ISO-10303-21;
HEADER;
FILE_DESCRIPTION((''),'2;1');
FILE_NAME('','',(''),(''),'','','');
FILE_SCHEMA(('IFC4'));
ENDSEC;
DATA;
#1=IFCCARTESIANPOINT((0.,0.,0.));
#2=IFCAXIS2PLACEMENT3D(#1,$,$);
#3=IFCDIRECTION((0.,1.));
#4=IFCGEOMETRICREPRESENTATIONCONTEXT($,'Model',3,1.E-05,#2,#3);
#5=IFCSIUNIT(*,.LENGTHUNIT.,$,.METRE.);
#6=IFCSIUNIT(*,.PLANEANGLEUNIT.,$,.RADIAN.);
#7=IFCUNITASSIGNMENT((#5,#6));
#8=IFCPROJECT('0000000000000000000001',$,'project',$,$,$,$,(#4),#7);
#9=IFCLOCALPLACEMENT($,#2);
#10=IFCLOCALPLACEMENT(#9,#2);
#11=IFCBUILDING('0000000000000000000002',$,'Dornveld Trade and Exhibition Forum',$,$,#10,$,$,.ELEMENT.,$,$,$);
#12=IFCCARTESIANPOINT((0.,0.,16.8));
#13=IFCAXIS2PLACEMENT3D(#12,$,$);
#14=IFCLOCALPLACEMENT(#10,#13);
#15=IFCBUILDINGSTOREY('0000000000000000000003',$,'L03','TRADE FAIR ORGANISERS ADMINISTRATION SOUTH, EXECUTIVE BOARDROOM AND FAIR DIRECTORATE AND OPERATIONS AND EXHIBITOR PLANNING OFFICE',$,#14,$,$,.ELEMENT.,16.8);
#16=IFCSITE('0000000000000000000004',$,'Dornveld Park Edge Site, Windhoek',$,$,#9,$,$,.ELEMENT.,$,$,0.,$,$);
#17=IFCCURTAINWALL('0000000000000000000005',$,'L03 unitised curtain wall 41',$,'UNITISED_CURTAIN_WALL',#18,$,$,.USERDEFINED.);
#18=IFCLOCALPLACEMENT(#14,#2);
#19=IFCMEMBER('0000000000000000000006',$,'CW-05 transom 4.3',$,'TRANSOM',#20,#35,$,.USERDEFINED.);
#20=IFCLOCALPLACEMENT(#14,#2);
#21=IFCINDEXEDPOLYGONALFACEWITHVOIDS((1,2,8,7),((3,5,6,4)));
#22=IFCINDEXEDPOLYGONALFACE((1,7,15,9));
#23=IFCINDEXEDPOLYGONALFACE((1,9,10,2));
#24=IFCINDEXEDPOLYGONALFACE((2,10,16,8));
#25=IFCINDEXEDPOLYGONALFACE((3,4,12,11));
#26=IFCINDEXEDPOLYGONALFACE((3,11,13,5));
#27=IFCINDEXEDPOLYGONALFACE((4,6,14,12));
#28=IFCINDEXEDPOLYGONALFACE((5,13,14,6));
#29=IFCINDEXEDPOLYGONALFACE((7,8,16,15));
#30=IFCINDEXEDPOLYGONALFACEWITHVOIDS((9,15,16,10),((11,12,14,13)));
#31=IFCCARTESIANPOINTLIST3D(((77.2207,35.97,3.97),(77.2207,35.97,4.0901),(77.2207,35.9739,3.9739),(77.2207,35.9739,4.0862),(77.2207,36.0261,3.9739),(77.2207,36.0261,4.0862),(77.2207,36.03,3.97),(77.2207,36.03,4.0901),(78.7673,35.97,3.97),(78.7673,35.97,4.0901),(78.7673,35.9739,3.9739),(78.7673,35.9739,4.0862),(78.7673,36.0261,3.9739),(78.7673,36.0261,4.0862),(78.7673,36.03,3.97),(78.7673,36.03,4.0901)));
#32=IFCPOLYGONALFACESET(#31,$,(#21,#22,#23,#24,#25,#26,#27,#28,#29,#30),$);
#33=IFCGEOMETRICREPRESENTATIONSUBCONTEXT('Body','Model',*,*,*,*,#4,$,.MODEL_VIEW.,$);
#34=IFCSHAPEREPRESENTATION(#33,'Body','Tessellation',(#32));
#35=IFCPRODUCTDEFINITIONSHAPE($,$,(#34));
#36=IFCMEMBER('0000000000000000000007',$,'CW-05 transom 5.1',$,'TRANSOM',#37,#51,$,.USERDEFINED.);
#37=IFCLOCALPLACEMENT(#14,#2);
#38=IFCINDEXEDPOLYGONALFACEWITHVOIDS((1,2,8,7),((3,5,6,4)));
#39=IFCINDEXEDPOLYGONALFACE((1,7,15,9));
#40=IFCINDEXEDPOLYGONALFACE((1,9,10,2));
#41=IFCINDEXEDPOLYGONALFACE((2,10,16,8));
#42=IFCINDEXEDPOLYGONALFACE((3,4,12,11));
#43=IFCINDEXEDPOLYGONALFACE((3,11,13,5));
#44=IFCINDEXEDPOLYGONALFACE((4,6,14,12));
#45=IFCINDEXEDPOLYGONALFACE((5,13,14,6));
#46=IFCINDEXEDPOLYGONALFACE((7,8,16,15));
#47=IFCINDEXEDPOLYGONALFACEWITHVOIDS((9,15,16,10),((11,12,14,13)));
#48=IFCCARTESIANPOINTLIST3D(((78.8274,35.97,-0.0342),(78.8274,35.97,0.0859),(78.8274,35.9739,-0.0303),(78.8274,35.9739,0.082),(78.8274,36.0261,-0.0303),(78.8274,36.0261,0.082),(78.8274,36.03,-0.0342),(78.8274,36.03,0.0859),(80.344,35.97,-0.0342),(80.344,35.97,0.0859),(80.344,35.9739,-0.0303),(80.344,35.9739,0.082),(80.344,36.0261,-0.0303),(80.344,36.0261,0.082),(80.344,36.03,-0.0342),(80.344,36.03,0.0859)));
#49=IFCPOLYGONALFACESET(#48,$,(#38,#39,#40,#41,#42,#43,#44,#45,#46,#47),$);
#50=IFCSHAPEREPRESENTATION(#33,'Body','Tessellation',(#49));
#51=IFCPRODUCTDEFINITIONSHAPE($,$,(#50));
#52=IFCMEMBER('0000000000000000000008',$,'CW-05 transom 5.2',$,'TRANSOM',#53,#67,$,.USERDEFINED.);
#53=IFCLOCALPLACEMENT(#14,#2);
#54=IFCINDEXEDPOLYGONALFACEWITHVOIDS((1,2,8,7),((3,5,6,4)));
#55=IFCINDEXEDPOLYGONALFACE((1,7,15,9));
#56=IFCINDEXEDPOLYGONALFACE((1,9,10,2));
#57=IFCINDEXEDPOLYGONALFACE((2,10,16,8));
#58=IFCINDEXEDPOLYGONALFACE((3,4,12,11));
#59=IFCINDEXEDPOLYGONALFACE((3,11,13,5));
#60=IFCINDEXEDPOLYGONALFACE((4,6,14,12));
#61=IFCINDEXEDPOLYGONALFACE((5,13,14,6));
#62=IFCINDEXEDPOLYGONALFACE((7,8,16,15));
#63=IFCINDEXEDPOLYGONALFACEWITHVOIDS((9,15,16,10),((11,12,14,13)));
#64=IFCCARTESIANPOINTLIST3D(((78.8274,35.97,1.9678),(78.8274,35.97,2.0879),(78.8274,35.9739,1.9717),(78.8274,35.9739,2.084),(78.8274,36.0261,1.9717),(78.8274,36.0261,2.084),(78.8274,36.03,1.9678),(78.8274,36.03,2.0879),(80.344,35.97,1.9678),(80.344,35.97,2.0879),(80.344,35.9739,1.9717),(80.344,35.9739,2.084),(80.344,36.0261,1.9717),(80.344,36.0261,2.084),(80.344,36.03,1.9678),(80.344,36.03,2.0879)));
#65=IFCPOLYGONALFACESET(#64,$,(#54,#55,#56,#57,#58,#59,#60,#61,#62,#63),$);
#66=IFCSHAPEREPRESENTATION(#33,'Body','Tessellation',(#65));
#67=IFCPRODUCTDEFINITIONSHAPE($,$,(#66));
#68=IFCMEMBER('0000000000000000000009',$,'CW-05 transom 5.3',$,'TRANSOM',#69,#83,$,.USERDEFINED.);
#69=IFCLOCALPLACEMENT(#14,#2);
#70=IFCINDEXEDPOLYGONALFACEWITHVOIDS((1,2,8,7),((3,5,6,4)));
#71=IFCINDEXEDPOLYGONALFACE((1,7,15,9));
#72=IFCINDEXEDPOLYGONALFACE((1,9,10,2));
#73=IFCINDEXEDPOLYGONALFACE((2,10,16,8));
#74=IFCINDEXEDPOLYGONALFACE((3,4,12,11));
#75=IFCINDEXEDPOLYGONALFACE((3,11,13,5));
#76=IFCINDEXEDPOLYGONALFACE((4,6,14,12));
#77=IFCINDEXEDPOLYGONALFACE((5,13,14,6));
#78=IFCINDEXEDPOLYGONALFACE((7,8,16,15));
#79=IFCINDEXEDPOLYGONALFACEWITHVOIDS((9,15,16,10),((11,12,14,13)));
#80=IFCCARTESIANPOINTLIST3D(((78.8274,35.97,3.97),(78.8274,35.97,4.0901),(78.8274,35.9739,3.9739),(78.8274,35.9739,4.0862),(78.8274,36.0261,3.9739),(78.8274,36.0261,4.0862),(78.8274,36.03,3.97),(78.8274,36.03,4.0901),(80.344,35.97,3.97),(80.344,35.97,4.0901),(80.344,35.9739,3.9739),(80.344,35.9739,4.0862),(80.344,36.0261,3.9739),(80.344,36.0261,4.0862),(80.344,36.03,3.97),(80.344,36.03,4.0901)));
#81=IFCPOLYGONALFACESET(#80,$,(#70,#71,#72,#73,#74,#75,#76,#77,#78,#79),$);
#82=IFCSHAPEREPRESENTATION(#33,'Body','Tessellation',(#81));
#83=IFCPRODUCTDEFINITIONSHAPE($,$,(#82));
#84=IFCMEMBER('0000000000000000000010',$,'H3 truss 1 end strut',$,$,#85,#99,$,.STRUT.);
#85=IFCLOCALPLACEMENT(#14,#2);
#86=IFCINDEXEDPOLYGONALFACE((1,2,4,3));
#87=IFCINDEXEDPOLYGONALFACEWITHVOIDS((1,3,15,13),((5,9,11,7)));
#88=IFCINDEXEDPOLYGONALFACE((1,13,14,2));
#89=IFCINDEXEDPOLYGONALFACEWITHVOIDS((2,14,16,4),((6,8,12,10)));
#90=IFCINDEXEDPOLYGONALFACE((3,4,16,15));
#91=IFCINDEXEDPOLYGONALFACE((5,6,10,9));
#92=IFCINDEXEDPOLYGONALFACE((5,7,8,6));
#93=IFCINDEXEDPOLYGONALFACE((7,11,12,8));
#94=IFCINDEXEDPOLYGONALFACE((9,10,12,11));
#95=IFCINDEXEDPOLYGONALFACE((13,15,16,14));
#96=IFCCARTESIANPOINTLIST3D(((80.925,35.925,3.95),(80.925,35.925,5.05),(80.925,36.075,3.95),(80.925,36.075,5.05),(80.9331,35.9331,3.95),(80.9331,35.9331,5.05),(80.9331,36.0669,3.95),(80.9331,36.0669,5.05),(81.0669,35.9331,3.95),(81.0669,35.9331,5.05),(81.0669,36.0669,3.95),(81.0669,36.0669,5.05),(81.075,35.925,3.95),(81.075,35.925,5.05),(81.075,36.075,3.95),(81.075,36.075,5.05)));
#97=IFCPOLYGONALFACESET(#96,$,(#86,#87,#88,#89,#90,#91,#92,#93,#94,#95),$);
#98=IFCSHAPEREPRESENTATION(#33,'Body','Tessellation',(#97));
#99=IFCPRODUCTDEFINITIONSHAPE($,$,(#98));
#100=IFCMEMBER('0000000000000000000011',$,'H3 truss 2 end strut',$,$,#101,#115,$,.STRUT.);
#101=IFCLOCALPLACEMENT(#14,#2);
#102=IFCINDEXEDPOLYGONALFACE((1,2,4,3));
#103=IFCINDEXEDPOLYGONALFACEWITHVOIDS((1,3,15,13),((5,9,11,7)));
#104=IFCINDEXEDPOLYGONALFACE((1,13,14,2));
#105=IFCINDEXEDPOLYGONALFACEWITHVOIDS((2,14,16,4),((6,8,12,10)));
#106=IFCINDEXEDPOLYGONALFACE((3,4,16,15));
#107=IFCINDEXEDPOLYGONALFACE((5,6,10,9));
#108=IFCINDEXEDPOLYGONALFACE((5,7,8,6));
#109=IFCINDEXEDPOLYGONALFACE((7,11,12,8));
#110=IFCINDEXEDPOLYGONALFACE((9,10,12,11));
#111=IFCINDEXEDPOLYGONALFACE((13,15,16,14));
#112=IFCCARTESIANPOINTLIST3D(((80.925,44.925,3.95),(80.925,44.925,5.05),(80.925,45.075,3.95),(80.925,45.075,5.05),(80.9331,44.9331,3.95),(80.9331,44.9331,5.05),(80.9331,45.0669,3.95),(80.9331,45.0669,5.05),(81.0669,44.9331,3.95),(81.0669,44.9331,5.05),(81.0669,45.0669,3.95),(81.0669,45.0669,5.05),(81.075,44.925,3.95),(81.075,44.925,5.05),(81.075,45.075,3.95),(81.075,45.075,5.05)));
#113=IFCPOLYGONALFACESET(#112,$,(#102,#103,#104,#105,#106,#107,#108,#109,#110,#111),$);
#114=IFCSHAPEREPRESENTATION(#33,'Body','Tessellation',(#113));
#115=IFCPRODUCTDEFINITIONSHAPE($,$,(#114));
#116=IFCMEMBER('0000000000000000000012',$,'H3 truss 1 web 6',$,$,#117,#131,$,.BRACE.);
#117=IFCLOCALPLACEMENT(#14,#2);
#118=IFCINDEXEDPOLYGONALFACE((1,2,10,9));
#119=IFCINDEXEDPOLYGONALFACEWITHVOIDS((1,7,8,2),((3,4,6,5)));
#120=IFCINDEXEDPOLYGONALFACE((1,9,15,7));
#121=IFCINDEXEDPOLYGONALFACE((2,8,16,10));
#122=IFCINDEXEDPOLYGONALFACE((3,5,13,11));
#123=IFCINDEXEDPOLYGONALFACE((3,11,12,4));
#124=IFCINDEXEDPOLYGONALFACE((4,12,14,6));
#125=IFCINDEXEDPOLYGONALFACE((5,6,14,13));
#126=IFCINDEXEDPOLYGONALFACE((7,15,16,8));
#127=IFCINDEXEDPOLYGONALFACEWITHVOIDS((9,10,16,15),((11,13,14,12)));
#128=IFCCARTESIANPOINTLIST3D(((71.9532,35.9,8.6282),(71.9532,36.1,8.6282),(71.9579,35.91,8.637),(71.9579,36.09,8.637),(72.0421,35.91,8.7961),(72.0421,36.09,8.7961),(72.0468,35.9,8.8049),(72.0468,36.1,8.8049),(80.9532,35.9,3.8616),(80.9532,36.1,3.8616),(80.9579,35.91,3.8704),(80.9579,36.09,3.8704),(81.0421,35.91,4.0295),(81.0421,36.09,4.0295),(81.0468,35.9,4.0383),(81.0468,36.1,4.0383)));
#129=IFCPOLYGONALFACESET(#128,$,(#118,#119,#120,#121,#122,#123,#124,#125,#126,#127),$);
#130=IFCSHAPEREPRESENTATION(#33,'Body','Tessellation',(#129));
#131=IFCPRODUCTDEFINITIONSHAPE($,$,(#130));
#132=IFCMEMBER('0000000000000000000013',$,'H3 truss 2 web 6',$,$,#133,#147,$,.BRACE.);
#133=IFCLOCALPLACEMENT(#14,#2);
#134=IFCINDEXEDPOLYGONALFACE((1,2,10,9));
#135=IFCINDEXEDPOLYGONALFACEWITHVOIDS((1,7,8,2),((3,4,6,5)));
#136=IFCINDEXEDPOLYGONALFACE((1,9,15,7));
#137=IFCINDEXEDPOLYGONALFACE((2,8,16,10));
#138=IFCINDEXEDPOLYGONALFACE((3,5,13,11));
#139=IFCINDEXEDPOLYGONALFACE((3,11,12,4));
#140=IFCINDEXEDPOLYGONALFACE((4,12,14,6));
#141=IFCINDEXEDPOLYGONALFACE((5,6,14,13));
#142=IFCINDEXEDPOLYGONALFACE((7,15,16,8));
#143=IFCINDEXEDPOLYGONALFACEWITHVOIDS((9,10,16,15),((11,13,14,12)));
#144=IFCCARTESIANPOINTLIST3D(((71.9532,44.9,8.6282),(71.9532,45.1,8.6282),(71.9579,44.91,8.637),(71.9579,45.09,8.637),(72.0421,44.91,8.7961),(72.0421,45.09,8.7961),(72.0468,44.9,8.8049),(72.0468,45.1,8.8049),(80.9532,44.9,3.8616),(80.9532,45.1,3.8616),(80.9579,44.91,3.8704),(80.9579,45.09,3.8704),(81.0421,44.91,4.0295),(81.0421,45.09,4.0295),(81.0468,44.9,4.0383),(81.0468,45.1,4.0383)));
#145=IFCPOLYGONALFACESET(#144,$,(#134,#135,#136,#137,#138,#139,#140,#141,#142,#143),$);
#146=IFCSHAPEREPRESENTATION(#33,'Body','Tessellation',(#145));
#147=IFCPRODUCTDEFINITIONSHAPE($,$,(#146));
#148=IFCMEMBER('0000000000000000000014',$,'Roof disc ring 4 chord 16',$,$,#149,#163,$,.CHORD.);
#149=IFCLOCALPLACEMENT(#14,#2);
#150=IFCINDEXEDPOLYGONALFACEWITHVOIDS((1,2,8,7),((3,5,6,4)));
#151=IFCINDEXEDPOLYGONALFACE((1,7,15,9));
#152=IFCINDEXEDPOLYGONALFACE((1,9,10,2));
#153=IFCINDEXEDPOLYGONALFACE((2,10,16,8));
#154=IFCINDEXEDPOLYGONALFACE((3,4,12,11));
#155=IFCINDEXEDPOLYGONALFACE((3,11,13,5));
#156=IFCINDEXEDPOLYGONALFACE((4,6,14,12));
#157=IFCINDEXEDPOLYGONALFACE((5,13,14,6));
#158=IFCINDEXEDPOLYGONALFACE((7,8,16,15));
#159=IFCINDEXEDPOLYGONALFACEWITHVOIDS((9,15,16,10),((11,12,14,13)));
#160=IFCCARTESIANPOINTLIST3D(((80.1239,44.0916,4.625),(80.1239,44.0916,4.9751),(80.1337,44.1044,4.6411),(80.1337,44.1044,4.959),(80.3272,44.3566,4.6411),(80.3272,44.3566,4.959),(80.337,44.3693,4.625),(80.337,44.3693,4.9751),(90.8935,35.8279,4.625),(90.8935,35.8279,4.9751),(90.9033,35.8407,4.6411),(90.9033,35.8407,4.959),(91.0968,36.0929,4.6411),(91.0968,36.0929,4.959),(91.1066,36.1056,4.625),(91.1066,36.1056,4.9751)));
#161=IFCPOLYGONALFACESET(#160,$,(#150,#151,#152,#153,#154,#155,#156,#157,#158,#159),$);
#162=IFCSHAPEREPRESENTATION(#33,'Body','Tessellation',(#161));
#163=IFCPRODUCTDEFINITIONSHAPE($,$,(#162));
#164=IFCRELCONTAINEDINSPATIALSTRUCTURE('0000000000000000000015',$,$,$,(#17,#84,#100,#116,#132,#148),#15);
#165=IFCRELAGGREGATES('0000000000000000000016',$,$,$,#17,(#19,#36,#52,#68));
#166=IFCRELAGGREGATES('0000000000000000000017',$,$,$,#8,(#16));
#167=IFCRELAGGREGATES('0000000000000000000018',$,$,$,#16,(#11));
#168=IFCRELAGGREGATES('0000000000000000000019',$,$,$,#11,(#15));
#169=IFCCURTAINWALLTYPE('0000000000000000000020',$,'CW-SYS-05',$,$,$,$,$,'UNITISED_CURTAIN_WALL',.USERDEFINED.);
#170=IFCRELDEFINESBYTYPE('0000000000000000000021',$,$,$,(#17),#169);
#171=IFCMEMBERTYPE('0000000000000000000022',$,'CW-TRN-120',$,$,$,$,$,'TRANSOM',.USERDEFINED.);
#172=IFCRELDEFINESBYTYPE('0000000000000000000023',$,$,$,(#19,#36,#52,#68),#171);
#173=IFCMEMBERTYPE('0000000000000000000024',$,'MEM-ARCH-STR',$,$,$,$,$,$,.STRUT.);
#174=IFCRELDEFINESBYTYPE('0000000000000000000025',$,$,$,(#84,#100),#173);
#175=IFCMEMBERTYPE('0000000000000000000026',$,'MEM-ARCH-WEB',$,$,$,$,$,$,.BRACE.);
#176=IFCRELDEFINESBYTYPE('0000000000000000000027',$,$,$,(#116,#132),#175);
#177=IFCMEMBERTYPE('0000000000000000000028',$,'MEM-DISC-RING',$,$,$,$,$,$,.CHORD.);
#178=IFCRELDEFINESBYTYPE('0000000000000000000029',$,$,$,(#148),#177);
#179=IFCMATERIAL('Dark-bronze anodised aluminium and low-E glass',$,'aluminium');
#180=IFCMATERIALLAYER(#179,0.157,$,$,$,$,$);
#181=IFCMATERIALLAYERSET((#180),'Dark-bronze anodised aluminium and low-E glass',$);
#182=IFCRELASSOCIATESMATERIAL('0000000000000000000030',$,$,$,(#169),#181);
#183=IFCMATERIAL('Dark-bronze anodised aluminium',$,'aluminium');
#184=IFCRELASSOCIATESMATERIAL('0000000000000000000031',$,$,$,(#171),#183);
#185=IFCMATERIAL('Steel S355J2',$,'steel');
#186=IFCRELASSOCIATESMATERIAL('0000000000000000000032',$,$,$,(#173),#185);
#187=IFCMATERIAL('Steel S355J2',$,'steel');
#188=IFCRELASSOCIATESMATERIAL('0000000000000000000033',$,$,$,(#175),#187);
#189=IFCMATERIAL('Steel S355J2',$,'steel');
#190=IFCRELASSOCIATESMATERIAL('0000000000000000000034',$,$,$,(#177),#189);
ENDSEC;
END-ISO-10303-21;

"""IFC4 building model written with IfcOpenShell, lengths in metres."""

from ifc_helpers import new_model, si_unit, direction, frame, origin, origin_2d, place, context, subcontext, project, spatial, hollow_rectangle, extrude, material, layer, layer_set, material_profile, profile_set, type_object, element, aggregate, save


model = new_model("IFC4")

# Units and contexts
model_context = context("Model", 3, precision=1e-05, world=origin(), true_north=direction((0.0, 1.0)))
body_context = subcontext(model_context, "Body", "Model", "MODEL_VIEW")
ifc_project = project(units=[si_unit("LENGTHUNIT", "METRE"), si_unit("PLANEANGLEUNIT", "RADIAN")], contexts=[model_context])

# Site, building, storey
site_placement = place(None, origin())
site = spatial("IfcSite", under=ifc_project, at=site_placement, Name="Dornveld Park Edge Site, Windhoek", CompositionType="ELEMENT", RefElevation=0.0)
building_placement = place(site_placement, origin())
building = spatial("IfcBuilding", under=site, at=building_placement, Name="Dornveld Trade and Exhibition Forum", CompositionType="ELEMENT")
storey_placement = place(building_placement, frame((0.0, 0.0, 16.8)))
storey = spatial("IfcBuildingStorey", under=building, at=storey_placement, Name="L03", Description="TRADE FAIR ORGANISERS ADMINISTRATION SOUTH, EXECUTIVE BOARDROOM AND FAIR DIRECTORATE AND OPERATIONS AND EXHIBITOR PLANNING OFFICE", CompositionType="ELEMENT", Elevation=16.8)

# Curtain wall, members
ifc_material_1 = material(Name="Dark-bronze anodised aluminium and low-E glass", Category="aluminium")
ifc_layer_1 = layer(ifc_material_1, 0.157)
ifc_layer_set_1 = layer_set([ifc_layer_1], Name="Dark-bronze anodised aluminium and low-E glass")
curtain_wall_type = type_object("IfcCurtainWallType", Name="CW-SYS-05", ElementType="UNITISED_CURTAIN_WALL", PredefinedType="USERDEFINED", material=ifc_layer_set_1)
curtain_wall_placement = place(storey_placement, origin())
curtain_wall = element("IfcCurtainWall", 1, at=curtain_wall_placement, inside=storey, type_object=curtain_wall_type, Name="L03 unitised curtain wall 41", ObjectType="UNITISED_CURTAIN_WALL", PredefinedType="USERDEFINED")
ifc_material_2 = material(Name="Dark-bronze anodised aluminium", Category="aluminium")
ifc_material_profile_1 = material_profile(ifc_material_2, hollow_rectangle(XDim=0.0601, YDim=0.1201, WallThickness=0.0039, at=origin_2d()), Name="RHS 120x60x4")
ifc_profile_set_1 = profile_set([ifc_material_profile_1], Name="Dark-bronze anodised aluminium")
member_type_1 = type_object("IfcMemberType", Name="CW-TRN-120", ElementType="TRANSOM", PredefinedType="USERDEFINED", material=ifc_profile_set_1)
member_1_placement = place(storey_placement, frame((77.2207, 36.0, 4.03), z_axis=(1.0, 0.0, 0.0), x_axis=(0.0, 1.0, 0.0)))
member_1 = element("IfcMember", 2, at=member_1_placement, type_object=member_type_1, Name="CW-05 transom 4.3", ObjectType="TRANSOM", PredefinedType="USERDEFINED", context=body_context, shape_type="SweptSolid", body=[
    extrude(hollow_rectangle(XDim=0.0601, YDim=0.1201, WallThickness=0.0039, at=origin_2d()), origin(), (0.0, 0.0, 1.0), 1.5466),
])
member_2_placement = place(storey_placement, frame((78.8274, 36.0, 0.0259), z_axis=(1.0, 0.0, 0.0), x_axis=(0.0, 1.0, 0.0)))
member_2 = element("IfcMember", 3, at=member_2_placement, type_object=member_type_1, Name="CW-05 transom 5.1", ObjectType="TRANSOM", PredefinedType="USERDEFINED", context=body_context, shape_type="SweptSolid", body=[
    extrude(hollow_rectangle(XDim=0.0601, YDim=0.1201, WallThickness=0.0039, at=origin_2d()), origin(), (0.0, 0.0, 1.0), 1.5166),
])
member_3_placement = place(storey_placement, frame((78.8274, 36.0, 2.0278), z_axis=(1.0, 0.0, 0.0), x_axis=(0.0, 1.0, 0.0)))
member_3 = element("IfcMember", 4, at=member_3_placement, type_object=member_type_1, Name="CW-05 transom 5.2", ObjectType="TRANSOM", PredefinedType="USERDEFINED", context=body_context, shape_type="SweptSolid", body=[
    extrude(hollow_rectangle(XDim=0.0601, YDim=0.1201, WallThickness=0.0039, at=origin_2d()), origin(), (0.0, 0.0, 1.0), 1.5166),
])
member_4_placement = place(storey_placement, frame((78.8274, 36.0, 4.03), z_axis=(1.0, 0.0, 0.0), x_axis=(0.0, 1.0, 0.0)))
member_4 = element("IfcMember", 5, at=member_4_placement, type_object=member_type_1, Name="CW-05 transom 5.3", ObjectType="TRANSOM", PredefinedType="USERDEFINED", context=body_context, shape_type="SweptSolid", body=[
    extrude(hollow_rectangle(XDim=0.0601, YDim=0.1201, WallThickness=0.0039, at=origin_2d()), origin(), (0.0, 0.0, 1.0), 1.5166),
])

# Members
ifc_material_3 = material(Name="Steel S355J2", Category="steel")
ifc_material_profile_2 = material_profile(ifc_material_3, hollow_rectangle(XDim=0.1499, YDim=0.1499, WallThickness=0.0081, at=origin_2d()), Name="SHS 150x150x8")
ifc_profile_set_2 = profile_set([ifc_material_profile_2], Name="Steel S355J2")
member_type_2 = type_object("IfcMemberType", Name="MEM-ARCH-STR", PredefinedType="STRUT", material=ifc_profile_set_2)
for number, where, z_axis, x_axis, name in (
    (6, (81.0, 36.0, 3.95), (0.0, 0.0, 1.0), (1.0, 0.0, 0.0), "H3 truss 1 end strut"),
    (7, (81.0, 45.0, 3.95), (0.0, 0.0, 1.0), (1.0, 0.0, 0.0), "H3 truss 2 end strut"),
):
    element("IfcMember", number, at=place(storey_placement, frame(where, z_axis=z_axis, x_axis=x_axis)), inside=storey, type_object=member_type_2, Name=name, PredefinedType="STRUT", context=body_context, shape_type="SweptSolid", body=[
        extrude(hollow_rectangle(XDim=0.1499, YDim=0.1499, WallThickness=0.0081, at=origin_2d()), origin(), (0.0, 0.0, 1.0), 1.1001),
    ])
ifc_material_4 = material(Name="Steel S355J2", Category="steel")
ifc_material_profile_3 = material_profile(ifc_material_4, hollow_rectangle(XDim=0.2, YDim=0.2, WallThickness=0.01, at=origin_2d()), Name="SHS 200x200x10")
ifc_profile_set_3 = profile_set([ifc_material_profile_3], Name="Steel S355J2")
member_type_3 = type_object("IfcMemberType", Name="MEM-ARCH-WEB", PredefinedType="BRACE", material=ifc_profile_set_3)
for number, where, z_axis, x_axis, name in (
    (8, (81.0, 36.0, 3.95), (-0.883711, 0.0, 0.468033), (0.0, -1.0, 0.0), "H3 truss 1 web 6"),
    (9, (81.0, 45.0, 3.95), (-0.883711, 0.0, 0.468033), (0.0, -1.0, 0.0), "H3 truss 2 web 6"),
):
    element("IfcMember", number, at=place(storey_placement, frame(where, z_axis=z_axis, x_axis=x_axis)), inside=storey, type_object=member_type_3, Name=name, PredefinedType="BRACE", context=body_context, shape_type="SweptSolid", body=[
        extrude(hollow_rectangle(XDim=0.2, YDim=0.2, WallThickness=0.01, at=origin_2d()), origin(), (0.0, 0.0, 1.0), 10.1843),
    ])
ifc_material_5 = material(Name="Steel S355J2", Category="steel")
ifc_material_profile_4 = material_profile(ifc_material_5, hollow_rectangle(XDim=0.3501, YDim=0.3501, WallThickness=0.0161, at=origin_2d()), Name="SHS 350x350x16")
ifc_profile_set_4 = profile_set([ifc_material_profile_4], Name="Steel S355J2")
member_type_4 = type_object("IfcMemberType", Name="MEM-DISC-RING", PredefinedType="CHORD", material=ifc_profile_set_4)
member_5_placement = place(storey_placement, frame((80.2305, 44.2305, 4.8), z_axis=(0.793356, -0.608758, 0.0), x_axis=(0.608758, 0.793356, 0.0)))
element("IfcMember", 10, at=member_5_placement, inside=storey, type_object=member_type_4, Name="Roof disc ring 4 chord 16", PredefinedType="CHORD", context=body_context, shape_type="SweptSolid", body=[
    extrude(hollow_rectangle(XDim=0.3501, YDim=0.3501, WallThickness=0.0161, at=origin_2d()), origin(), (0.0, 0.0, 1.0), 13.5747),
])

aggregate(curtain_wall, [member_1, member_2, member_3, member_4])

save(model, "model.ifc")
